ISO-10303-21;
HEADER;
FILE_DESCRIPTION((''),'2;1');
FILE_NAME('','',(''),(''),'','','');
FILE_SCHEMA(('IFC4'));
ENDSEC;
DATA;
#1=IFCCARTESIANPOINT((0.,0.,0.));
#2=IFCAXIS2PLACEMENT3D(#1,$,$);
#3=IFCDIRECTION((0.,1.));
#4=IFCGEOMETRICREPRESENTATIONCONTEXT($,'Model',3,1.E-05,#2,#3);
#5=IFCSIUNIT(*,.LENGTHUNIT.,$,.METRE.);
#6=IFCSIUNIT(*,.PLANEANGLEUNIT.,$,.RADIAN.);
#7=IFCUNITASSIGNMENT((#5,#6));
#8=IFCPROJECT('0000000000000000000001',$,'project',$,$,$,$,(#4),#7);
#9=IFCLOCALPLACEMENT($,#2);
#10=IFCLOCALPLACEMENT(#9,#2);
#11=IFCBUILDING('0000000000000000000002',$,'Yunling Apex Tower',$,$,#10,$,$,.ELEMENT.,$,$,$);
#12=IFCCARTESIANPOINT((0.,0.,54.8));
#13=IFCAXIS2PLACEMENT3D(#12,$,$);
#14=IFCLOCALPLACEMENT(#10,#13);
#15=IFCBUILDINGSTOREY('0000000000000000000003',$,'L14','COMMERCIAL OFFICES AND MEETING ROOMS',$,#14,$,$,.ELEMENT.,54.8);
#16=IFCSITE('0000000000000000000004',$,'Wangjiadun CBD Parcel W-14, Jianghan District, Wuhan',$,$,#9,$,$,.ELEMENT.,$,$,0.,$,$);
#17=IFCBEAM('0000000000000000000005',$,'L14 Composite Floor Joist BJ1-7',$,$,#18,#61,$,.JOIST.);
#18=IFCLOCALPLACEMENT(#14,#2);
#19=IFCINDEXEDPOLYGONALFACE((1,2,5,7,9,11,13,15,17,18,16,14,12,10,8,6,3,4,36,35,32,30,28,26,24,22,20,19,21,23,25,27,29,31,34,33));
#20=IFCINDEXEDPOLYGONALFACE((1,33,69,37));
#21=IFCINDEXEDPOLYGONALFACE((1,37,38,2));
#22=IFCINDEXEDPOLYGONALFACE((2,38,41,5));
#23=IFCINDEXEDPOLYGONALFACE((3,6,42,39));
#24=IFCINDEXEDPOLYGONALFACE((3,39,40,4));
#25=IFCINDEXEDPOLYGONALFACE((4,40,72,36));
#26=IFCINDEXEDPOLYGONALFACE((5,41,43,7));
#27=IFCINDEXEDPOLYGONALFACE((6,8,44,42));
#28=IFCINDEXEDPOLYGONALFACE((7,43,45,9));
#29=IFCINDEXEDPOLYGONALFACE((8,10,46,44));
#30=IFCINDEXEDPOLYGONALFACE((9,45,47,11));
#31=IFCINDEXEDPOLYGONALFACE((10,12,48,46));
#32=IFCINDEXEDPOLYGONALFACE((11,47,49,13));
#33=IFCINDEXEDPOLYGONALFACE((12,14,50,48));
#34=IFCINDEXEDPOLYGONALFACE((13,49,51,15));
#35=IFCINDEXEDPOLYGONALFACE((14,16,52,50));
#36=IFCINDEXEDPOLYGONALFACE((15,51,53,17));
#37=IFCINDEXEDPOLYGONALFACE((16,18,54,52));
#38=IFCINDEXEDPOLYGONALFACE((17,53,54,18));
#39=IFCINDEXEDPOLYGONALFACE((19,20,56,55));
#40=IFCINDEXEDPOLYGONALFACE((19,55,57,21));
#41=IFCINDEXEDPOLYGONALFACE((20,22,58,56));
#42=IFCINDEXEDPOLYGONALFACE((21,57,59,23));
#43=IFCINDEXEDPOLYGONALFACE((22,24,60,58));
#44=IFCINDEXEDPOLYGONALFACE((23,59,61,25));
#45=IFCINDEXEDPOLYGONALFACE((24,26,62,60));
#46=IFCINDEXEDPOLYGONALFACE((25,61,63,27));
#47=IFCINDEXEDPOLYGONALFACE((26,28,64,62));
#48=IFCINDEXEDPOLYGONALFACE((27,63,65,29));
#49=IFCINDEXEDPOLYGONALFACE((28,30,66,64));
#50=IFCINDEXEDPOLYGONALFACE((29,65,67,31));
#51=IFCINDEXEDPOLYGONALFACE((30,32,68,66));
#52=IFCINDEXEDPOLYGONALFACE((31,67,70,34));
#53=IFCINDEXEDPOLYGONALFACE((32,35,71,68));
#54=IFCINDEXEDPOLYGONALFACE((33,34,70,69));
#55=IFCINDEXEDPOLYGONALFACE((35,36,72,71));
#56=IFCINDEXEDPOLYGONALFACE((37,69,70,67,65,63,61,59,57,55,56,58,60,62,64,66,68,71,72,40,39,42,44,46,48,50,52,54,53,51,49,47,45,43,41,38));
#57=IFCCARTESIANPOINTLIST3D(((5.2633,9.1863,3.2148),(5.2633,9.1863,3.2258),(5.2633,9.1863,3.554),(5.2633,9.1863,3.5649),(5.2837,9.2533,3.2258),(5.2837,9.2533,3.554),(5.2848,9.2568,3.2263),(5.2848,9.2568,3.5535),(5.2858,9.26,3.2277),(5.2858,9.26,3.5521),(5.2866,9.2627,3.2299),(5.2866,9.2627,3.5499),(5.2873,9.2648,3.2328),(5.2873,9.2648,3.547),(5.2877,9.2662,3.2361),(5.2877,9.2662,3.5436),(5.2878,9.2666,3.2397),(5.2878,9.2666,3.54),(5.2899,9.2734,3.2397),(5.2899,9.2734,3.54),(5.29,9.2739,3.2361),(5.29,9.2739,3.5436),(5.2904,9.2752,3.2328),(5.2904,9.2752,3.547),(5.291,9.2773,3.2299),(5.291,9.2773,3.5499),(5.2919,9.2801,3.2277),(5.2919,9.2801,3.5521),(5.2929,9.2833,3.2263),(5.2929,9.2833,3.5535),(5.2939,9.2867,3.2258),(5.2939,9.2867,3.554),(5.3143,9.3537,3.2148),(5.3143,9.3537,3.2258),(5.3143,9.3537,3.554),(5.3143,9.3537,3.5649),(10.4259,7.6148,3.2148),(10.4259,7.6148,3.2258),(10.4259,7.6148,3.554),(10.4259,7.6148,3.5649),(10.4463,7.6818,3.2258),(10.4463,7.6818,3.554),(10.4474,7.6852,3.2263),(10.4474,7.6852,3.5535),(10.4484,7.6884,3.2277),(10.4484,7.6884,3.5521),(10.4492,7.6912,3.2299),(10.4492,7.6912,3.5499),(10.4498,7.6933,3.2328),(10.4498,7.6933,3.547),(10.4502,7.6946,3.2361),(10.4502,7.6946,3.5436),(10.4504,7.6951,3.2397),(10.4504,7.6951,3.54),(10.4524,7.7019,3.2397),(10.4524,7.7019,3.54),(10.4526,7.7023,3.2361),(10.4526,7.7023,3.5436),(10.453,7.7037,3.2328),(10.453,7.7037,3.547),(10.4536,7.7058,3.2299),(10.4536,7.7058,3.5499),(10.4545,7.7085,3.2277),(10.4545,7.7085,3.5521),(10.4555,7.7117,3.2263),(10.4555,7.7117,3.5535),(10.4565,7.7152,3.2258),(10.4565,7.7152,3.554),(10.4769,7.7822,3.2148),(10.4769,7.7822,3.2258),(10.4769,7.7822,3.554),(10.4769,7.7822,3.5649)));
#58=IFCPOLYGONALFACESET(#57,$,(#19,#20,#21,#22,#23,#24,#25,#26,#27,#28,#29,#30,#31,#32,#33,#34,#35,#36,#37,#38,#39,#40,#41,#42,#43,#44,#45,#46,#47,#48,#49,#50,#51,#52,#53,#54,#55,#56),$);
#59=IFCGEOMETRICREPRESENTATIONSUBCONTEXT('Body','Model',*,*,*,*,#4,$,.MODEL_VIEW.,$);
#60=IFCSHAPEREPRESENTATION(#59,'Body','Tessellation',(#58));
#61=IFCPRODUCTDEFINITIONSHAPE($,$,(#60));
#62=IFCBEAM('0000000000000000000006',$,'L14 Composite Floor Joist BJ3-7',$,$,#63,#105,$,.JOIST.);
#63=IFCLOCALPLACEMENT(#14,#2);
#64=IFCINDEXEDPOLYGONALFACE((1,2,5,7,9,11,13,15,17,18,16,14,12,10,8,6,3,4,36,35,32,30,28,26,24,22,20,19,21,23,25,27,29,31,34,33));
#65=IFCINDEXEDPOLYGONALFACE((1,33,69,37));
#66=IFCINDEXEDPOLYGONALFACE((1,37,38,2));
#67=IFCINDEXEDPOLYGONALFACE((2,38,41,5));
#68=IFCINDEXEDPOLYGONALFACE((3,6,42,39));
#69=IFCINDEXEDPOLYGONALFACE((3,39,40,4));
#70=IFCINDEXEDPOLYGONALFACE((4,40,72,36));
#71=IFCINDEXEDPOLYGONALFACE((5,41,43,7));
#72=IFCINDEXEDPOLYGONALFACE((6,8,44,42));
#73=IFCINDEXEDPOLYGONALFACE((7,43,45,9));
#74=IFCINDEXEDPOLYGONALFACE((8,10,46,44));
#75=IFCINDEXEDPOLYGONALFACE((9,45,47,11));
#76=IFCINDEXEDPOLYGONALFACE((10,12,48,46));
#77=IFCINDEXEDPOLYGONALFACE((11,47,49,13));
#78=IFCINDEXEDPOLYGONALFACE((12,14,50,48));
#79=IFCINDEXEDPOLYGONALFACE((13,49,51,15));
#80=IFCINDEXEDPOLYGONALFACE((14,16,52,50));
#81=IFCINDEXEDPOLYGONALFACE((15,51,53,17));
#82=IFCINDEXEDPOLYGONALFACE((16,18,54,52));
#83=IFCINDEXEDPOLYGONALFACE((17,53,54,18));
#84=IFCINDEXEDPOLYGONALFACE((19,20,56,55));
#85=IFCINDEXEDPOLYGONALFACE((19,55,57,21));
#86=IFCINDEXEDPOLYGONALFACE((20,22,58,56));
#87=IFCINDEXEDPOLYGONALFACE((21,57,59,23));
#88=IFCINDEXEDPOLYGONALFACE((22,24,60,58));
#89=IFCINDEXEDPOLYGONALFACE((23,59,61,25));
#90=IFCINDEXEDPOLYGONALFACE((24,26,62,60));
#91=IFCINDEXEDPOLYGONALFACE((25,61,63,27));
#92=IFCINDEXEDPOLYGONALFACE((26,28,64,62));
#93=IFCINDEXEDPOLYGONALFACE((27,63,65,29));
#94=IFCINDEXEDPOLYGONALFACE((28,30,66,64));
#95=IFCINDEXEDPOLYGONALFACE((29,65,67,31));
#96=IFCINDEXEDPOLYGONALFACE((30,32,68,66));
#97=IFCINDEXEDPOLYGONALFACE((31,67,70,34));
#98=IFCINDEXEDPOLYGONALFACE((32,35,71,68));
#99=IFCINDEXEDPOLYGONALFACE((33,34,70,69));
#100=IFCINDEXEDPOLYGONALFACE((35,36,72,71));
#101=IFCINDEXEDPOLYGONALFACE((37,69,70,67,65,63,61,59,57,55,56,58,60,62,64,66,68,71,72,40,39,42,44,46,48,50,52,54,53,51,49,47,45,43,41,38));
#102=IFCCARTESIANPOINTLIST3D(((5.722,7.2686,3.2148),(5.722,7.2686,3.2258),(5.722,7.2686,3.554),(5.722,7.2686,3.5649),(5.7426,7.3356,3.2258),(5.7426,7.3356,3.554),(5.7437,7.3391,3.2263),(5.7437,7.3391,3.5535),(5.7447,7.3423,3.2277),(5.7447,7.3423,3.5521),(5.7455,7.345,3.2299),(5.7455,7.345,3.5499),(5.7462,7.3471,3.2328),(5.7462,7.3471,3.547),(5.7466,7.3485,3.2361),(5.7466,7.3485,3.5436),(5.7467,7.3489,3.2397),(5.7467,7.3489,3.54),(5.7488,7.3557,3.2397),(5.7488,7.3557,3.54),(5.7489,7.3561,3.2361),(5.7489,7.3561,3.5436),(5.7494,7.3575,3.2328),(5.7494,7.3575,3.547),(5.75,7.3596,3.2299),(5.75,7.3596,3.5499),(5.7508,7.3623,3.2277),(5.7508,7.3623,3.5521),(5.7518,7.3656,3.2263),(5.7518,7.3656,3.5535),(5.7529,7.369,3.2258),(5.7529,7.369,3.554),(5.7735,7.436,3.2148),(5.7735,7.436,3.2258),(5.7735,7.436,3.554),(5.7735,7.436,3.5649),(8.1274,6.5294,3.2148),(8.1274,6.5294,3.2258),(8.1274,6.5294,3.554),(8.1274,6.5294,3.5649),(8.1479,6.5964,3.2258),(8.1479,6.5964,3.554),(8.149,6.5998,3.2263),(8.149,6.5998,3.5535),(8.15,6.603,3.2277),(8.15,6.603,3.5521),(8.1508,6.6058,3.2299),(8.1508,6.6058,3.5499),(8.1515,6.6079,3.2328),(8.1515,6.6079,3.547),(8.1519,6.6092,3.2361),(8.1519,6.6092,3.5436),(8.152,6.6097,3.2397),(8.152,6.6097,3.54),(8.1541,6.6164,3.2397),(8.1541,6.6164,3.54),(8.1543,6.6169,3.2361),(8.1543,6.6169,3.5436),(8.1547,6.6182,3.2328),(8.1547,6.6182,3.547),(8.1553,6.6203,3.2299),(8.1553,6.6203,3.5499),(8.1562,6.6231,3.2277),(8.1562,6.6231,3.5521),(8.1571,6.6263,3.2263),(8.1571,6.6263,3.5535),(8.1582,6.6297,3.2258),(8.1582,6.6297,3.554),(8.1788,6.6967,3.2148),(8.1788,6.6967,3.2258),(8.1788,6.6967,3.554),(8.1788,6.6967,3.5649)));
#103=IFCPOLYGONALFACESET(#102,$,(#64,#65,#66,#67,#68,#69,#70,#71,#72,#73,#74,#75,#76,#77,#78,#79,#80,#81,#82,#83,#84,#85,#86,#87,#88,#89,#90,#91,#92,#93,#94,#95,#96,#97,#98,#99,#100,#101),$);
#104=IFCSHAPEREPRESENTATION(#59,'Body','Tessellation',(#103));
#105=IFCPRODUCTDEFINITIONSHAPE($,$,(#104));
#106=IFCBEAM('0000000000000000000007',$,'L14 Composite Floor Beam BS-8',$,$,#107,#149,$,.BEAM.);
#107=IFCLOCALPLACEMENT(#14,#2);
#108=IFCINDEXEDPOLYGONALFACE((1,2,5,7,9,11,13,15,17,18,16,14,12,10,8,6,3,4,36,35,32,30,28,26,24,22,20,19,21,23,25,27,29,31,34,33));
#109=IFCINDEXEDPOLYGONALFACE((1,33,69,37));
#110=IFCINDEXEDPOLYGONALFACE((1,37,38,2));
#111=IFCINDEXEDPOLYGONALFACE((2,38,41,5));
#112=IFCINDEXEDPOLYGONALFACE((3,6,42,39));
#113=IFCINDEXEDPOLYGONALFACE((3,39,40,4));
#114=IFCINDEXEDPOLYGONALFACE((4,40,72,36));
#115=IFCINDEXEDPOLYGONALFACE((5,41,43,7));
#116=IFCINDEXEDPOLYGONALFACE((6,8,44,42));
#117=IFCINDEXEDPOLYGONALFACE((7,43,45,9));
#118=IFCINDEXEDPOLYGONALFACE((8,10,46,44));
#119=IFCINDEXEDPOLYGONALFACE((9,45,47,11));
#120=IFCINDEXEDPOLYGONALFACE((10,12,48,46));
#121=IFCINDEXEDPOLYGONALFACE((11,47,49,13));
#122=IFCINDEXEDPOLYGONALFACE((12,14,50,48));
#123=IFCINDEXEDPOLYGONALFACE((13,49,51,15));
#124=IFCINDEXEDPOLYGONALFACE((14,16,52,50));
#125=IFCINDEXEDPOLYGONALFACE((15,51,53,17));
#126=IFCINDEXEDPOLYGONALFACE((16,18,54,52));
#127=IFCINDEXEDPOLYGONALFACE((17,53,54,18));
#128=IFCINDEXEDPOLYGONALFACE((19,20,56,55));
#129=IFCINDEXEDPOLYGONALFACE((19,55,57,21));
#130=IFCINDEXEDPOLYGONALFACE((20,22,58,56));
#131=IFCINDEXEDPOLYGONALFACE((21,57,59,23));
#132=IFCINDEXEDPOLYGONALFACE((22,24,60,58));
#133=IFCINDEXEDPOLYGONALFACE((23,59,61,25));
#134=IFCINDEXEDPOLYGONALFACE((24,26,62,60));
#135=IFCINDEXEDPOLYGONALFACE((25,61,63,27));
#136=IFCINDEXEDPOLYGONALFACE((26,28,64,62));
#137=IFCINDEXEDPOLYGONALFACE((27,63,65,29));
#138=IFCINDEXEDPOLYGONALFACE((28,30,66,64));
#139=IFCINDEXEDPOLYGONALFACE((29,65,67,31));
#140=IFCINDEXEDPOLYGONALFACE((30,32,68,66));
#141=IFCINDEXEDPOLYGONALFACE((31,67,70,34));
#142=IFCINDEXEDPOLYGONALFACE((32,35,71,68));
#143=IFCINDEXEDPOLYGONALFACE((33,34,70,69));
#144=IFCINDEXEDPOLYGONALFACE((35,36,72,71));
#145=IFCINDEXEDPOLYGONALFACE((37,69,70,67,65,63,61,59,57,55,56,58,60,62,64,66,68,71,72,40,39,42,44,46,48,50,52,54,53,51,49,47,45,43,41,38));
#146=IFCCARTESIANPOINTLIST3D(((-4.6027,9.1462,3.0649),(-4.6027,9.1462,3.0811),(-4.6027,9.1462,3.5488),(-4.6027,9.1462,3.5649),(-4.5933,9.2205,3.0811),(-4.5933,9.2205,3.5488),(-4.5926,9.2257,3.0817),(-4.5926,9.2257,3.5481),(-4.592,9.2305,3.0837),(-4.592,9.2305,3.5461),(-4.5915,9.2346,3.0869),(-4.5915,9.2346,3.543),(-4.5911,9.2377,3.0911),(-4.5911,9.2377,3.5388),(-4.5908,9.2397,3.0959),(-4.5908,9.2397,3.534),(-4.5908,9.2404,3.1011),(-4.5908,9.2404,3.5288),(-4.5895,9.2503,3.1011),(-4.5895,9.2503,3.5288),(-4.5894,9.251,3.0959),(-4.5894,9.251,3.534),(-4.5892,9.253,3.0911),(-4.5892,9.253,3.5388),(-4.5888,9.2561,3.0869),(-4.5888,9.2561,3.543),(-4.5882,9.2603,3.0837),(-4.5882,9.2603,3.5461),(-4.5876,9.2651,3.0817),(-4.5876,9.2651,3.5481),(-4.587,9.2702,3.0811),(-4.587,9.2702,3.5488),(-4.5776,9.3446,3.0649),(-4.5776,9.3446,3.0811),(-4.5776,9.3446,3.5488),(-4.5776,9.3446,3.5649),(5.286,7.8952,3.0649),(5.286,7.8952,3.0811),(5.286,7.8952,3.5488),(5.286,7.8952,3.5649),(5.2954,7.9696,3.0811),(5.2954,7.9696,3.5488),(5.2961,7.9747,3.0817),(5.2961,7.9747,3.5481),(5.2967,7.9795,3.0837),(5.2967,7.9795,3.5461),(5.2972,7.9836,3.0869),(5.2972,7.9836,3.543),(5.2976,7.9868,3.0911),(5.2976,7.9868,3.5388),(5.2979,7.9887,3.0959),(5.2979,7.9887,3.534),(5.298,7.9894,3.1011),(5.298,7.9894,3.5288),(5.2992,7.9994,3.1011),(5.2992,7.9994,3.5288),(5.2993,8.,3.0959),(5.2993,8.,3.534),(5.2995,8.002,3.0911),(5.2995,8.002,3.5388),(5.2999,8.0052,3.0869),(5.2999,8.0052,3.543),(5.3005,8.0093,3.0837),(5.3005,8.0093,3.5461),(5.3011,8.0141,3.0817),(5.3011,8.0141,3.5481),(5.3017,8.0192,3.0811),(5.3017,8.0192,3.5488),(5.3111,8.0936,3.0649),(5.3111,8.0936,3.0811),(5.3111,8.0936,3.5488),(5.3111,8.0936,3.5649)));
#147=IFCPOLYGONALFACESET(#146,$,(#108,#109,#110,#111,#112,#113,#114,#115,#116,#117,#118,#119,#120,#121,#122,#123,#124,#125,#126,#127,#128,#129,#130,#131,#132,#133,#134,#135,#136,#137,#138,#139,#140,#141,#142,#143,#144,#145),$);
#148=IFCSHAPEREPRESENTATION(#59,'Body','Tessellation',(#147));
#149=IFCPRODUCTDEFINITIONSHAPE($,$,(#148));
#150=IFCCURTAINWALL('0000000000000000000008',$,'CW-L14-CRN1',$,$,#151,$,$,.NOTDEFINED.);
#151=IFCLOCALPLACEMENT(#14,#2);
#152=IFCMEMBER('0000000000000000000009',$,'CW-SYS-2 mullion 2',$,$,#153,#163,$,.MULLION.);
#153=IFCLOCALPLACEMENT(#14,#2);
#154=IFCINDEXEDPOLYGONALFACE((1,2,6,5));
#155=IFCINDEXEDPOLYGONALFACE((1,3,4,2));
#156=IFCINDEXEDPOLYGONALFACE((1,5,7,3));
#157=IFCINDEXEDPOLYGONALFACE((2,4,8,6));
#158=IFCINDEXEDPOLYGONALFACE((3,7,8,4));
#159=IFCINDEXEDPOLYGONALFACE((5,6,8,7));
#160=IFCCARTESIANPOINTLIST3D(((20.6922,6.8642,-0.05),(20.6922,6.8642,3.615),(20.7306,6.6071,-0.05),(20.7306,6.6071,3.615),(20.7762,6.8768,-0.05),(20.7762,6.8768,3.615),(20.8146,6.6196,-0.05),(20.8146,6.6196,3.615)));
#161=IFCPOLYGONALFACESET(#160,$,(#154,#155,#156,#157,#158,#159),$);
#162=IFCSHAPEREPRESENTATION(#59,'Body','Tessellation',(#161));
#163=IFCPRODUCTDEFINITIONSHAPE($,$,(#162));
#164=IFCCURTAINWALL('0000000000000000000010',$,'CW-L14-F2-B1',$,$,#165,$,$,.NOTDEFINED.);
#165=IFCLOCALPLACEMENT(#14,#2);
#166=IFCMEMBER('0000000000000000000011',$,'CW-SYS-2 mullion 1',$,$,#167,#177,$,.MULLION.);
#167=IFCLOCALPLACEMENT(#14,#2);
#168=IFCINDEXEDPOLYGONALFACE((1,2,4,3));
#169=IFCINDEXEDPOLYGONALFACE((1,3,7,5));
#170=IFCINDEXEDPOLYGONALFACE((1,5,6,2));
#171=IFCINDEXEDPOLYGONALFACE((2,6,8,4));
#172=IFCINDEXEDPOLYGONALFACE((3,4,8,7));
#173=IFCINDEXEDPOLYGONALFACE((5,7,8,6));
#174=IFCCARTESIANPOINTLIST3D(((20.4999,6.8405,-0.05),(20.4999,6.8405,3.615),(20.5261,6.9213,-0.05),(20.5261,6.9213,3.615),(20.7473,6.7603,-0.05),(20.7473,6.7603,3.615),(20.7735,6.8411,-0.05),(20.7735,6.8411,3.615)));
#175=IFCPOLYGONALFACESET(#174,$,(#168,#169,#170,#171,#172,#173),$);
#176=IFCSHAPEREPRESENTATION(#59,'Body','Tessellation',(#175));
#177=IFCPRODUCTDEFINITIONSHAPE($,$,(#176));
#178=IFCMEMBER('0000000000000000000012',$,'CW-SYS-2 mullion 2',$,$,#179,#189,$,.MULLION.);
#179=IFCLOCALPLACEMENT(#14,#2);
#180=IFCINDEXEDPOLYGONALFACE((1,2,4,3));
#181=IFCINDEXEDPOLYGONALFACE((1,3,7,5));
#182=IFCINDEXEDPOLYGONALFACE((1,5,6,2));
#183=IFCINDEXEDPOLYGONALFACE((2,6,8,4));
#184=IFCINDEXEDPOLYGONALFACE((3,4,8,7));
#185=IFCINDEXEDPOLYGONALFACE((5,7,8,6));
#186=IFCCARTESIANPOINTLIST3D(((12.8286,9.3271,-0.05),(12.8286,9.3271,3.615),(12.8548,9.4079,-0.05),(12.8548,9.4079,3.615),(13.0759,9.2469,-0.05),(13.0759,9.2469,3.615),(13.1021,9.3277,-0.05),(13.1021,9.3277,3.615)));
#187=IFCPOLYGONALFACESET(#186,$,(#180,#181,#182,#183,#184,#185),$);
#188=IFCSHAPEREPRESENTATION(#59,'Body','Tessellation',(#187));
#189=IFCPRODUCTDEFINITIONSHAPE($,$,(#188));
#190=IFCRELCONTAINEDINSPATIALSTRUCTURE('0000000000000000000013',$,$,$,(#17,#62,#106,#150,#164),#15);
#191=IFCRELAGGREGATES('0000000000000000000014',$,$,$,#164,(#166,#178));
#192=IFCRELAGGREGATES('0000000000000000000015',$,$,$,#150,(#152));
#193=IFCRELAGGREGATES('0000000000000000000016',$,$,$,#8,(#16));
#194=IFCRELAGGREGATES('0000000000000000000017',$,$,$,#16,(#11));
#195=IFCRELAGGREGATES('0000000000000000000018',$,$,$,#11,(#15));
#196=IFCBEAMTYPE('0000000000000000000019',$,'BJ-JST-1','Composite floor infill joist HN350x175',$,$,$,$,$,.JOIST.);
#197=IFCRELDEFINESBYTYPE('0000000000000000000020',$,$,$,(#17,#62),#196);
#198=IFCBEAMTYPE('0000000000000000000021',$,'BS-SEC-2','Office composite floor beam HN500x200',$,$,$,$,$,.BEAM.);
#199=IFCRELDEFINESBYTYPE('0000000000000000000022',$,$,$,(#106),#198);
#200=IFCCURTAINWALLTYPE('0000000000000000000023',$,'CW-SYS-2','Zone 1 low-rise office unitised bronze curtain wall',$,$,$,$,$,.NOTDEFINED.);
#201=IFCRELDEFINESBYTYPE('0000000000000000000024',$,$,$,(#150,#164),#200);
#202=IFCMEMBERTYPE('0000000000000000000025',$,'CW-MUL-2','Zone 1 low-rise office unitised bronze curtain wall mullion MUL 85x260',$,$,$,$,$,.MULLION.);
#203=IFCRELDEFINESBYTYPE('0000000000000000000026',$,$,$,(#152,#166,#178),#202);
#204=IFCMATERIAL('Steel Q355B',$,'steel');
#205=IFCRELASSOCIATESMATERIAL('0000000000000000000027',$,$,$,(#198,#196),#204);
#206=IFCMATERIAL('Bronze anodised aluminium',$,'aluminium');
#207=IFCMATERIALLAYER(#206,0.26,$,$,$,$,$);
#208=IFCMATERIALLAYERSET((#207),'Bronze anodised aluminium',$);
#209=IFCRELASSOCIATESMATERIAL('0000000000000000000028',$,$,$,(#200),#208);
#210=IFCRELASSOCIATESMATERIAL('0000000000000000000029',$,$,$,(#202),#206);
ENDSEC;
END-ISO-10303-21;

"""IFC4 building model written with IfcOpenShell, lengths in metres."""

from ifc_helpers import new_model, si_unit, direction, frame, origin, origin_2d, place, context, subcontext, project, spatial, rectangle, i_section, extrude, source, transform, mapped, material, layer, layer_set, material_profile, profile_set, type_object, element, aggregate, save


model = new_model("IFC4")

# Units and contexts
model_context = context("Model", 3, precision=1e-05, world=origin(), true_north=direction((0.0, 1.0)))
body_context = subcontext(model_context, "Body", "Model", "MODEL_VIEW")
ifc_project = project(units=[si_unit("LENGTHUNIT", "METRE"), si_unit("PLANEANGLEUNIT", "RADIAN")], contexts=[model_context])

# Site, building, storey
site_placement = place(None, origin())
site = spatial("IfcSite", under=ifc_project, at=site_placement, Name="Wangjiadun CBD Parcel W-14, Jianghan District, Wuhan", CompositionType="ELEMENT", RefElevation=0.0)
building_placement = place(site_placement, origin())
building = spatial("IfcBuilding", under=site, at=building_placement, Name="Yunling Apex Tower", CompositionType="ELEMENT")
storey_placement = place(building_placement, frame((0.0, 0.0, 54.8)))
storey = spatial("IfcBuildingStorey", under=building, at=storey_placement, Name="L14", Description="COMMERCIAL OFFICES AND MEETING ROOMS", CompositionType="ELEMENT", Elevation=54.8)

# Beams
ifc_material_1 = material(Name="Steel Q355B", Category="steel")
ifc_material_profile_1 = material_profile(ifc_material_1, i_section(OverallWidth=0.2, OverallDepth=0.5, WebThickness=0.01, FlangeThickness=0.0161, FilletRadius=0.02, at=origin_2d()))
ifc_profile_set_1 = profile_set([ifc_material_profile_1], Name="Steel Q355B")
beam_type_1 = type_object("IfcBeamType", Name="BS-SEC-2", Description="Office composite floor beam HN500x200", PredefinedType="BEAM", material=ifc_profile_set_1)
ifc_material_profile_2 = material_profile(ifc_material_1, i_section(OverallWidth=0.175, OverallDepth=0.3501, WebThickness=0.0071, FlangeThickness=0.011, FilletRadius=0.0139, at=origin_2d()))
ifc_profile_set_2 = profile_set([ifc_material_profile_2], Name="Steel Q355B")
beam_type_2 = type_object("IfcBeamType", Name="BJ-JST-1", Description="Composite floor infill joist HN350x175", PredefinedType="JOIST", material=ifc_profile_set_2)
shared_shape_1 = source(origin(), body_context, "Body", "SweptSolid", [
    extrude(i_section(OverallWidth=0.175, OverallDepth=0.3501, WebThickness=0.0071, FlangeThickness=0.011, FilletRadius=0.0139, at=origin_2d()), origin(), (0.0, 0.0, 1.0), 5.3965),
])
beam_1_placement = place(storey_placement, frame((10.4514, 7.6985, 3.3899), z_axis=(-0.956658, 0.291214, 0.0), x_axis=(-0.291214, -0.956658, 0.0)))
element("IfcBeam", 1, at=beam_1_placement, inside=storey, type_object=beam_type_2, Name="L14 Composite Floor Joist BJ1-7", PredefinedType="JOIST", context=body_context, shape_type="MappedRepresentation", body=[
    mapped(shared_shape_1, transform((0.0, 0.0, 0.0), scale=1.0)),
])
shared_shape_2 = source(origin(), body_context, "Body", "SweptSolid", [
    extrude(i_section(OverallWidth=0.175, OverallDepth=0.3501, WebThickness=0.0071, FlangeThickness=0.011, FilletRadius=0.0139, at=origin_2d()), origin(), (0.0, 0.0, 1.0), 2.5164),
])
beam_2_placement = place(storey_placement, frame((8.1531, 6.613, 3.3899), z_axis=(-0.955871, 0.293786, 0.0), x_axis=(-0.293786, -0.955871, 0.0)))
element("IfcBeam", 2, at=beam_2_placement, inside=storey, type_object=beam_type_2, Name="L14 Composite Floor Joist BJ3-7", PredefinedType="JOIST", context=body_context, shape_type="MappedRepresentation", body=[
    mapped(shared_shape_2, transform((0.0, 0.0, 0.0), scale=1.0)),
])
shared_shape_3 = source(origin(), body_context, "Body", "SweptSolid", [
    extrude(i_section(OverallWidth=0.2, OverallDepth=0.5, WebThickness=0.01, FlangeThickness=0.0161, FilletRadius=0.02, at=origin_2d()), origin(), (0.0, 0.0, 1.0), 9.9675),
])
beam_3_placement = place(storey_placement, frame((5.2986, 7.9944, 3.3149), z_axis=(-0.992093, 0.125506, 0.0), x_axis=(-0.125506, -0.992093, 0.0)))
element("IfcBeam", 3, at=beam_3_placement, inside=storey, type_object=beam_type_1, Name="L14 Composite Floor Beam BS-8", PredefinedType="BEAM", context=body_context, shape_type="MappedRepresentation", body=[
    mapped(shared_shape_3, transform((0.0, 0.0, 0.0), scale=1.0)),
])

# Curtain wall, member
ifc_material_2 = material(Name="Bronze anodised aluminium", Category="aluminium")
ifc_layer_1 = layer(ifc_material_2, 0.26)
ifc_layer_set_1 = layer_set([ifc_layer_1], Name="Bronze anodised aluminium")
curtain_wall_type = type_object("IfcCurtainWallType", Name="CW-SYS-2", Description="Zone 1 low-rise office unitised bronze curtain wall", PredefinedType="NOTDEFINED", material=ifc_layer_set_1)
curtain_wall_1_placement = place(storey_placement, origin())
curtain_wall_1 = element("IfcCurtainWall", 4, at=curtain_wall_1_placement, inside=storey, type_object=curtain_wall_type, Name="CW-L14-CRN1", PredefinedType="NOTDEFINED")
ifc_material_profile_3 = material_profile(ifc_material_2, rectangle(XDim=0.085, YDim=0.26, at=origin_2d()))
ifc_profile_set_3 = profile_set([ifc_material_profile_3], Name="Bronze anodised aluminium")
member_type_1 = type_object("IfcMemberType", Name="CW-MUL-2", Description="Zone 1 low-rise office unitised bronze curtain wall mullion MUL 85x260", PredefinedType="MULLION", material=ifc_profile_set_3)
shared_shape_4 = source(origin(), body_context, "Body", "SweptSolid", [
    extrude(rectangle(XDim=0.085, YDim=0.26, at=origin_2d()), origin(), (0.0, 0.0, 1.0), 3.665),
])
member_1_placement = place(storey_placement, frame((20.7534, 6.7419, -0.05), z_axis=(0.0, 0.0, 1.0), x_axis=(-0.989018, -0.147798, 0.0)))
member_1 = element("IfcMember", 5, at=member_1_placement, type_object=member_type_1, Name="CW-SYS-2 mullion 2", PredefinedType="MULLION", context=body_context, shape_type="MappedRepresentation", body=[
    mapped(shared_shape_4, transform((0.0, 0.0, 0.0), scale=1.0)),
])

# Curtain wall, members
curtain_wall_2_placement = place(storey_placement, origin())
curtain_wall_2 = element("IfcCurtainWall", 6, at=curtain_wall_2_placement, inside=storey, type_object=curtain_wall_type, Name="CW-L14-F2-B1", PredefinedType="NOTDEFINED")
member_2_placement = place(storey_placement, frame((20.6367, 6.8408, -0.05), z_axis=(0.0, 0.0, 1.0), x_axis=(-0.308357, -0.951271, 0.0)))
member_2 = element("IfcMember", 7, at=member_2_placement, type_object=member_type_1, Name="CW-SYS-2 mullion 1", PredefinedType="MULLION", context=body_context, shape_type="MappedRepresentation", body=[
    mapped(shared_shape_4, transform((0.0, 0.0, 0.0), scale=1.0)),
])
member_3_placement = place(storey_placement, frame((12.9653, 9.3274, -0.05), z_axis=(0.0, 0.0, 1.0), x_axis=(-0.308357, -0.951271, 0.0)))
member_3 = element("IfcMember", 8, at=member_3_placement, type_object=member_type_1, Name="CW-SYS-2 mullion 2", PredefinedType="MULLION", context=body_context, shape_type="MappedRepresentation", body=[
    mapped(shared_shape_4, transform((0.0, 0.0, 0.0), scale=1.0)),
])

aggregate(curtain_wall_2, [member_2, member_3])
aggregate(curtain_wall_1, [member_1])

save(model, "model.ifc")
